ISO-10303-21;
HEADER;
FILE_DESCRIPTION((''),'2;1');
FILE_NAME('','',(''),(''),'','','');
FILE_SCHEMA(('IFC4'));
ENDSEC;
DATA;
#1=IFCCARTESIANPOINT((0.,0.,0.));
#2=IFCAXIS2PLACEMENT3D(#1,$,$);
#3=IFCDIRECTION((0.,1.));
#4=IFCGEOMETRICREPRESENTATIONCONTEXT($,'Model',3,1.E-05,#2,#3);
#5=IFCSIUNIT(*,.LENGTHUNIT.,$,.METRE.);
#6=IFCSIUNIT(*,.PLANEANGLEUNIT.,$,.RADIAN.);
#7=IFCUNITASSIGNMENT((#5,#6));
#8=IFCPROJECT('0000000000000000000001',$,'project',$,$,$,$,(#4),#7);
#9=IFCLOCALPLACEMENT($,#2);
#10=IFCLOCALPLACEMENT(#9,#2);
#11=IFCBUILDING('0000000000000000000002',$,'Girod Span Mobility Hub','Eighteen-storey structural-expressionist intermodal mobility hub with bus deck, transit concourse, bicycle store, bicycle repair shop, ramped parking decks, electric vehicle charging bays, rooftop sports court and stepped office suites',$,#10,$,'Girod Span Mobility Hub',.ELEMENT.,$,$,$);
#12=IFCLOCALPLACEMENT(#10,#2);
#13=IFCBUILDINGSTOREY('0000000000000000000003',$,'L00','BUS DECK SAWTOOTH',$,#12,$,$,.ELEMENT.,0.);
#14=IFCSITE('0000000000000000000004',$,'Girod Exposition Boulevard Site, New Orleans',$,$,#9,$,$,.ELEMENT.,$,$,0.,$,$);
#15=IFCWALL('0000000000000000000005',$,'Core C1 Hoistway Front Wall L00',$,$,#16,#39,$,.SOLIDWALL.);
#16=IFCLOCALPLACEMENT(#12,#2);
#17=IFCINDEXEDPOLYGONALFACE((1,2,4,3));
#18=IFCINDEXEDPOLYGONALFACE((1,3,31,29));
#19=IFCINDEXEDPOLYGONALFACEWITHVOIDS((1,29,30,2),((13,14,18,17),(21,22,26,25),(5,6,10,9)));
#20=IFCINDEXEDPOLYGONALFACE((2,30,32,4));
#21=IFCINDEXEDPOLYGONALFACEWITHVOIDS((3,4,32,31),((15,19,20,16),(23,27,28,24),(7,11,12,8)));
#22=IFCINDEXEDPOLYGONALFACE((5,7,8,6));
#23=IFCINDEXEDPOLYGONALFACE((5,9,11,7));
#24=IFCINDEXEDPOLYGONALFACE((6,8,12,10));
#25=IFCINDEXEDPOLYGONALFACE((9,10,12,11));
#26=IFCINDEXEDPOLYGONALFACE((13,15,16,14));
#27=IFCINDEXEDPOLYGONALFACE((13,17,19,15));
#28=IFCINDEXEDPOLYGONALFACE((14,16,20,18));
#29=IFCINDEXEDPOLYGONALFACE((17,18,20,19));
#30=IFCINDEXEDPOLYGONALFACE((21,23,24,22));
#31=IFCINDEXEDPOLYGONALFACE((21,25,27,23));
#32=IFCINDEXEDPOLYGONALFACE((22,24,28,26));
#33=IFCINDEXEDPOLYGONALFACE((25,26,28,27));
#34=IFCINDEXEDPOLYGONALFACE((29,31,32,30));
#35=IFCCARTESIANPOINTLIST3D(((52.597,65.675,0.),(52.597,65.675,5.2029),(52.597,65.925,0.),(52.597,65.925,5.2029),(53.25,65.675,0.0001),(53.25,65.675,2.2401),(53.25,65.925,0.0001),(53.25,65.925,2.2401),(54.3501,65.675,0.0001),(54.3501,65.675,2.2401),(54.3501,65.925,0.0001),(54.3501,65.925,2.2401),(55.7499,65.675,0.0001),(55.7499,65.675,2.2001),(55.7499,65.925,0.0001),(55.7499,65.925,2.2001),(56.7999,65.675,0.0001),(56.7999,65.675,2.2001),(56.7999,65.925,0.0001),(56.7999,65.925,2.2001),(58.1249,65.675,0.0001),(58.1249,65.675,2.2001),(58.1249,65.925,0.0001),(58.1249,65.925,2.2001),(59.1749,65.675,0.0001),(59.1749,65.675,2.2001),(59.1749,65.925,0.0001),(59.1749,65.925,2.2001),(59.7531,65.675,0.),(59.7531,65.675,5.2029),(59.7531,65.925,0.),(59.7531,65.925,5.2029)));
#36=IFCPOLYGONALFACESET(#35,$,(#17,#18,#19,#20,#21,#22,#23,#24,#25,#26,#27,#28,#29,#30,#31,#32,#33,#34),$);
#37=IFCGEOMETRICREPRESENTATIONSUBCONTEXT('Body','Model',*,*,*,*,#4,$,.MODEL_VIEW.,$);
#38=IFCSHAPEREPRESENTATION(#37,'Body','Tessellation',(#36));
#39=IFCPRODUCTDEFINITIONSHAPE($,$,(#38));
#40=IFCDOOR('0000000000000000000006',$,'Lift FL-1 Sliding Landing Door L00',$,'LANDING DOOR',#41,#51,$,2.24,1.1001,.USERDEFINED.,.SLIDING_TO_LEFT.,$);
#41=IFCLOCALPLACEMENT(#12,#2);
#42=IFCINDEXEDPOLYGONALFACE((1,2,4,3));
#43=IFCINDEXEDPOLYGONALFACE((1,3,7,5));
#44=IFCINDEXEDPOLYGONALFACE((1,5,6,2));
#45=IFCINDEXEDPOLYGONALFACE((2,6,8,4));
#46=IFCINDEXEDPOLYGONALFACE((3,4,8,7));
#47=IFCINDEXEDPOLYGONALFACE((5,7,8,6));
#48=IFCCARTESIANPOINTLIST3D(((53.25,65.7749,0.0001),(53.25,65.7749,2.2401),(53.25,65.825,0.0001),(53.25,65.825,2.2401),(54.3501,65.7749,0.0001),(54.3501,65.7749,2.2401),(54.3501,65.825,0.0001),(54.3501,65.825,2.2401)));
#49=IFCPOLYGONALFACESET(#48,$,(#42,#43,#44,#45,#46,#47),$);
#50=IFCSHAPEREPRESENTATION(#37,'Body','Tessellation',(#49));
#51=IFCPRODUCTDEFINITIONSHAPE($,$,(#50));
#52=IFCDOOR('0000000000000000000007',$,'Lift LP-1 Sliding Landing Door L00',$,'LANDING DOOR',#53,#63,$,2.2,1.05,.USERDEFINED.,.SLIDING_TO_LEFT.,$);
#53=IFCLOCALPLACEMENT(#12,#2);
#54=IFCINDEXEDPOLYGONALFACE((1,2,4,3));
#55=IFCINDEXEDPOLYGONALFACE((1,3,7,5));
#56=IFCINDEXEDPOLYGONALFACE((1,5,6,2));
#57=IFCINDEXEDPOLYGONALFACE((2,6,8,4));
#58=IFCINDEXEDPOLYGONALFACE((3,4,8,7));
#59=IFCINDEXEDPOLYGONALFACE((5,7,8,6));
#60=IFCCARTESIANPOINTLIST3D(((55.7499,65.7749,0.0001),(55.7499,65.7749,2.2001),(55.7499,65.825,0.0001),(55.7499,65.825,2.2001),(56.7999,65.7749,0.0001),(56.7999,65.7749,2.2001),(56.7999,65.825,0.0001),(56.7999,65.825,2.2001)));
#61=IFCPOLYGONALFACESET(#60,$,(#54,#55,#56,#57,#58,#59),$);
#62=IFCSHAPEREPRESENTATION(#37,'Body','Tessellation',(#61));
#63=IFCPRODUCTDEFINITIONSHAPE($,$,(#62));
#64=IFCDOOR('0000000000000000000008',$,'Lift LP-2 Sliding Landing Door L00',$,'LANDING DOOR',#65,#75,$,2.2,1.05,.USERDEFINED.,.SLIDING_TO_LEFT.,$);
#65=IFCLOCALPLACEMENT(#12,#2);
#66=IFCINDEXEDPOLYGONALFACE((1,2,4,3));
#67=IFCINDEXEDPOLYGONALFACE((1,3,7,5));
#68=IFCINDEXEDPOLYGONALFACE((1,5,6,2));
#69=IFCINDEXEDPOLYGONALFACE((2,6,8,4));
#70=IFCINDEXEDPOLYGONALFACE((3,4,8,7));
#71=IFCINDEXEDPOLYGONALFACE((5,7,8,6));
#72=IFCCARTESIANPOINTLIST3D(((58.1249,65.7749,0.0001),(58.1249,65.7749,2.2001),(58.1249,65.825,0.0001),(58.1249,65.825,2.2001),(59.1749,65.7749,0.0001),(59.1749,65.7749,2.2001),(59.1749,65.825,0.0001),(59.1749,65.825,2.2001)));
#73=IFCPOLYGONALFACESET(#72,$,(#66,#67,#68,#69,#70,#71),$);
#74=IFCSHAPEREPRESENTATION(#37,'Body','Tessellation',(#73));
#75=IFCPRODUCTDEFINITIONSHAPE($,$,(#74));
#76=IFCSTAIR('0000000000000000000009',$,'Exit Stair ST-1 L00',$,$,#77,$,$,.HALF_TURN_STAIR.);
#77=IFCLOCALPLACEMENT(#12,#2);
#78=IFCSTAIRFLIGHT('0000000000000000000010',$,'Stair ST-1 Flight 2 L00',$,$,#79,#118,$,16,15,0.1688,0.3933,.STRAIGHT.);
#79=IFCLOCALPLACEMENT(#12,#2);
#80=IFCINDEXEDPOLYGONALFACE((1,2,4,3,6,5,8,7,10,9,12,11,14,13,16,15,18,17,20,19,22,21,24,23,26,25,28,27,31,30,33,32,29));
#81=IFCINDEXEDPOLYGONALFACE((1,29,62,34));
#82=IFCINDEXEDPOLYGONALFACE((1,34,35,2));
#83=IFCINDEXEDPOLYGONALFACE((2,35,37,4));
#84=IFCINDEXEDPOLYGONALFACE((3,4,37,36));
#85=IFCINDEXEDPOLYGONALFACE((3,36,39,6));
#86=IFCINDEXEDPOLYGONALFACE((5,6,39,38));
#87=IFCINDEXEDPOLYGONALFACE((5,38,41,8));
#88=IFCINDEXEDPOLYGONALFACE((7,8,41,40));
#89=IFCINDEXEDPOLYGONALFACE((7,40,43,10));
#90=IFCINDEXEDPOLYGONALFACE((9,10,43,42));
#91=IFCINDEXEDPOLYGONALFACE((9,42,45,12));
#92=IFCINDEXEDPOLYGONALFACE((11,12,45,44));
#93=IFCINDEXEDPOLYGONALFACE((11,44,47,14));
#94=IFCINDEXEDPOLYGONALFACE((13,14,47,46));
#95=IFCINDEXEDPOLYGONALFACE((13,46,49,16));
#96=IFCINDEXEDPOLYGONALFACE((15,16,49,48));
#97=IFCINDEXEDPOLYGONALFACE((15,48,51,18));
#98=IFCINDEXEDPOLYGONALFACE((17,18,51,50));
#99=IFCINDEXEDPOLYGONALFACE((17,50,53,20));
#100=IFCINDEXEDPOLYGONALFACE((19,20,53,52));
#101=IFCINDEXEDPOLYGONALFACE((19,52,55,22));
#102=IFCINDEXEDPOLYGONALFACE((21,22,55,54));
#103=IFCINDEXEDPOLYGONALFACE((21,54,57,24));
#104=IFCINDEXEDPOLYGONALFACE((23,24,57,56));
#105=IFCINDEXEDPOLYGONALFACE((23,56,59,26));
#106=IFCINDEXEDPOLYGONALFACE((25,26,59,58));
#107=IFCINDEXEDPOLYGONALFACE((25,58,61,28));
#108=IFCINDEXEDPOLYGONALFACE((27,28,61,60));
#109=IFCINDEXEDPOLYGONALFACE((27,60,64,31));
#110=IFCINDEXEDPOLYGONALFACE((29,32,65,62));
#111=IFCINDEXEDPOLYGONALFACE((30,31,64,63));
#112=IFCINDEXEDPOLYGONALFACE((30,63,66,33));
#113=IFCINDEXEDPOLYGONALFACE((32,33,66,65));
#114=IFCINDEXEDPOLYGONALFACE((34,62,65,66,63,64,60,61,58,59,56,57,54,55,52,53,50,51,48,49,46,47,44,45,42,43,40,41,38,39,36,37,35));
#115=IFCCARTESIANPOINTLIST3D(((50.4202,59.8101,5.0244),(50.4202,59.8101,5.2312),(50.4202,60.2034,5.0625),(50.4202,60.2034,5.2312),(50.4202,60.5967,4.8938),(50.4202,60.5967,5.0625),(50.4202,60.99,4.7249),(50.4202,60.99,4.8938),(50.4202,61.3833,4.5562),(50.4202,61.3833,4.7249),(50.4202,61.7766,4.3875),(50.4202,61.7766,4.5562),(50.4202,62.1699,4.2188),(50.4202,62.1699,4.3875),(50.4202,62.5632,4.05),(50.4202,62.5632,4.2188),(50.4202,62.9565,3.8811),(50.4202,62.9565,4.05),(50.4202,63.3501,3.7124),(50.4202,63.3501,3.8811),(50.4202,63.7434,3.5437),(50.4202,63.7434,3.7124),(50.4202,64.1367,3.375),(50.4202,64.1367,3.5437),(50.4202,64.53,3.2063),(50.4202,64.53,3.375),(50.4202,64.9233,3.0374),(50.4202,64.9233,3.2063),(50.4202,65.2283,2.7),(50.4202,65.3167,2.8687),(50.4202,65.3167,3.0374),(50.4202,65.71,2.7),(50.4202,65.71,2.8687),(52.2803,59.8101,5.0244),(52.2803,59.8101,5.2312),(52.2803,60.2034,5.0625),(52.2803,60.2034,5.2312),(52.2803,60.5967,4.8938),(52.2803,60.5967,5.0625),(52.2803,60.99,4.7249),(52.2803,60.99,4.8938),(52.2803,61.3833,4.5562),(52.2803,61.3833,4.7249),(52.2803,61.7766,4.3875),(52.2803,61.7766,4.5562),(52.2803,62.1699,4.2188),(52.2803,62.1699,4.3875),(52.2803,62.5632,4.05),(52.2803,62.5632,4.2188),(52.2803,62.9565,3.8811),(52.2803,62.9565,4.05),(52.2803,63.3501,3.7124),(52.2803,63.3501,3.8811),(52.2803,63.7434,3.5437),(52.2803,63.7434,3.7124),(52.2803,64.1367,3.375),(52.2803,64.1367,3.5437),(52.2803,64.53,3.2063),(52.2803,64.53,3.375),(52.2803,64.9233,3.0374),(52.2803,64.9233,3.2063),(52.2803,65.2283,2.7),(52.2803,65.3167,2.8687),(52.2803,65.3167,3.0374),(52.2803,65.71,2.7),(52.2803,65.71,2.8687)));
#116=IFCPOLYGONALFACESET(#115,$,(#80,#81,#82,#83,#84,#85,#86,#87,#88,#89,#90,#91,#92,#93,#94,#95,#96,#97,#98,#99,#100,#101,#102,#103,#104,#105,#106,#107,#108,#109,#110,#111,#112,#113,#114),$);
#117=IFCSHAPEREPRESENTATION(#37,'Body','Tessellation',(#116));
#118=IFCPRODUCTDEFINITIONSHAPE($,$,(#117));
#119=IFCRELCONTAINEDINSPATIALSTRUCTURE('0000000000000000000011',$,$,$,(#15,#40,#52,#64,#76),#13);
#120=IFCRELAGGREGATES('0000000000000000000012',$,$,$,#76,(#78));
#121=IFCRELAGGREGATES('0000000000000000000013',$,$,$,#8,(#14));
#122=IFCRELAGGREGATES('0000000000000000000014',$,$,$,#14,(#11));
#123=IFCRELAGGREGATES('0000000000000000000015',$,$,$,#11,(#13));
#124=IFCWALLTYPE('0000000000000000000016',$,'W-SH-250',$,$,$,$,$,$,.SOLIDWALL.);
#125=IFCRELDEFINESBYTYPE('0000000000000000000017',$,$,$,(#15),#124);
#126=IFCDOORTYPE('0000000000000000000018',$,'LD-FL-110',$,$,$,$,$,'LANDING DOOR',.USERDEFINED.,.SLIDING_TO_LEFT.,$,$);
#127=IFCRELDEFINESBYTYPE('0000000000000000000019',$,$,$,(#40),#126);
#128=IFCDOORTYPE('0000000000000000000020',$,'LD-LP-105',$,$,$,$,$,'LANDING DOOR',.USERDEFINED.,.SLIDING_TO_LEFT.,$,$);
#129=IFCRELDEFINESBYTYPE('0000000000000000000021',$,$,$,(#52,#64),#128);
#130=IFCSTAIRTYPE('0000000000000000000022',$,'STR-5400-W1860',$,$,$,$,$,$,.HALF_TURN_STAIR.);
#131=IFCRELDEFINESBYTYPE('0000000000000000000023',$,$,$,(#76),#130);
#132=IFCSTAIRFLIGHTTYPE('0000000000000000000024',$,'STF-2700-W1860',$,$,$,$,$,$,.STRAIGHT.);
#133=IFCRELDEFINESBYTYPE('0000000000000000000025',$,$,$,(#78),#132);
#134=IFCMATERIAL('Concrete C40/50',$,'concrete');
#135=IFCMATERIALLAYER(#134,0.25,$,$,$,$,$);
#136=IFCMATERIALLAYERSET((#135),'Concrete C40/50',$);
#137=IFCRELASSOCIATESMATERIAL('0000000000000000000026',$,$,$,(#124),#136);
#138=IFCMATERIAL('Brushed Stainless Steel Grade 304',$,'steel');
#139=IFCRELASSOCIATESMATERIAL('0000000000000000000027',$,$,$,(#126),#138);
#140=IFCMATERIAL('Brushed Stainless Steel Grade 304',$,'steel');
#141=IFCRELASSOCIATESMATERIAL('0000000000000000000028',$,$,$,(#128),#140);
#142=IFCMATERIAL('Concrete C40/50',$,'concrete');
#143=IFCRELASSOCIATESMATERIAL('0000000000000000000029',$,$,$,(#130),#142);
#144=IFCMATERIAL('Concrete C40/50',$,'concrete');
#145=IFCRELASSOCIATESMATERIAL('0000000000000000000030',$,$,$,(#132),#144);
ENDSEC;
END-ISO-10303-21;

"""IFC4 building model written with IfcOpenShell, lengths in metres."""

from ifc_helpers import new_model, si_unit, direction, frame, frame_2d, origin, place, context, subcontext, project, spatial, polyline, rectangle, outline, extrude, material, layer, layer_set, type_object, element, fill, aggregate, save


model = new_model("IFC4")

# Units and contexts
model_context = context("Model", 3, precision=1e-05, world=origin(), true_north=direction((0.0, 1.0)))
body_context = subcontext(model_context, "Body", "Model", "MODEL_VIEW")
ifc_project = project(units=[si_unit("LENGTHUNIT", "METRE"), si_unit("PLANEANGLEUNIT", "RADIAN")], contexts=[model_context])

# Site, building, storey
site_placement = place(None, origin())
site = spatial("IfcSite", under=ifc_project, at=site_placement, Name="Girod Exposition Boulevard Site, New Orleans", CompositionType="ELEMENT", RefElevation=0.0)
building_placement = place(site_placement, origin())
building = spatial("IfcBuilding", under=site, at=building_placement, Name="Girod Span Mobility Hub", Description="Eighteen-storey structural-expressionist intermodal mobility hub with bus deck, transit concourse, bicycle store, bicycle repair shop, ramped parking decks, electric vehicle charging bays, rooftop sports court and stepped office suites", LongName="Girod Span Mobility Hub", CompositionType="ELEMENT")
storey_placement = place(building_placement, origin())
storey = spatial("IfcBuildingStorey", under=building, at=storey_placement, Name="L00", Description="BUS DECK SAWTOOTH", CompositionType="ELEMENT", Elevation=0.0)

# Wall, openings, doors
ifc_material_1 = material(Name="Concrete C40/50", Category="concrete")
ifc_layer_1 = layer(ifc_material_1, 0.25)
ifc_layer_set_1 = layer_set([ifc_layer_1], Name="Concrete C40/50")
wall_type_1 = type_object("IfcWallType", Name="W-SH-250", PredefinedType="SOLIDWALL", material=ifc_layer_set_1)
wall_1_placement = place(storey_placement, frame((52.5969, 65.8, 0.0), z_axis=(0.0, 0.0, 1.0), x_axis=(1.0, 0.0, 0.0)))
wall_1 = element("IfcWall", 1, at=wall_1_placement, inside=storey, type_object=wall_type_1, Name="Core C1 Hoistway Front Wall L00", PredefinedType="SOLIDWALL", context=body_context, shape_type="SweptSolid", body=[
    extrude(rectangle(XDim=7.156, YDim=0.25, at=frame_2d((3.5781, 0.0))), origin(), (0.0, 0.0, 1.0), 5.2029),
])
opening_1_placement = place(wall_1_placement, frame((0.6531, 0.0, 0.0)))
opening_1 = element("IfcOpeningElement", 2, at=opening_1_placement, cuts=wall_1, PredefinedType="OPENING", context=body_context, shape_type="SweptSolid", body=[
    extrude(rectangle(XDim=1.1001, YDim=2.24, at=frame_2d((0.55, 1.1201))), frame((0.0, 0.1399, 0.0), z_axis=(0.0, -1.0, 0.0), x_axis=(1.0, 0.0, 0.0)), (0.0, 0.0, 1.0), 0.28),
])
opening_2_placement = place(wall_1_placement, frame((3.1531, 0.0, 0.0)))
opening_2 = element("IfcOpeningElement", 3, at=opening_2_placement, cuts=wall_1, PredefinedType="OPENING", context=body_context, shape_type="SweptSolid", body=[
    extrude(rectangle(XDim=1.05, YDim=2.2, at=frame_2d((0.5249, 1.1001))), frame((0.0, 0.1399, 0.0), z_axis=(0.0, -1.0, 0.0), x_axis=(1.0, 0.0, 0.0)), (0.0, 0.0, 1.0), 0.28),
])
opening_3_placement = place(wall_1_placement, frame((5.5281, 0.0, 0.0)))
opening_3 = element("IfcOpeningElement", 4, at=opening_3_placement, cuts=wall_1, PredefinedType="OPENING", context=body_context, shape_type="SweptSolid", body=[
    extrude(rectangle(XDim=1.05, YDim=2.2, at=frame_2d((0.5249, 1.1001))), frame((0.0, 0.1399, 0.0), z_axis=(0.0, -1.0, 0.0), x_axis=(1.0, 0.0, 0.0)), (0.0, 0.0, 1.0), 0.28),
])
ifc_material_2 = material(Name="Brushed Stainless Steel Grade 304", Category="steel")
door_type_1 = type_object("IfcDoorType", Name="LD-FL-110", ElementType="LANDING DOOR", OperationType="SLIDING_TO_LEFT", PredefinedType="USERDEFINED", material=ifc_material_2)
door_1_placement = place(opening_1_placement, origin())
door_1 = element("IfcDoor", 5, at=door_1_placement, inside=storey, type_object=door_type_1, Name="Lift FL-1 Sliding Landing Door L00", ObjectType="LANDING DOOR", OperationType="SLIDING_TO_LEFT", OverallHeight=2.24, OverallWidth=1.1001, PredefinedType="USERDEFINED", context=body_context, shape_type="SweptSolid", body=[
    extrude(rectangle(XDim=1.1001, YDim=2.24, at=frame_2d((0.55, 1.1201))), frame((0.0, 0.0249, 0.0), z_axis=(0.0, -1.0, 0.0), x_axis=(1.0, 0.0, 0.0)), (0.0, 0.0, 1.0), 0.05),
])
fill(opening_1, door_1)
ifc_material_3 = material(Name="Brushed Stainless Steel Grade 304", Category="steel")
door_type_2 = type_object("IfcDoorType", Name="LD-LP-105", ElementType="LANDING DOOR", OperationType="SLIDING_TO_LEFT", PredefinedType="USERDEFINED", material=ifc_material_3)
door_2_placement = place(opening_2_placement, origin())
door_2 = element("IfcDoor", 6, at=door_2_placement, inside=storey, type_object=door_type_2, Name="Lift LP-1 Sliding Landing Door L00", ObjectType="LANDING DOOR", OperationType="SLIDING_TO_LEFT", OverallHeight=2.2, OverallWidth=1.05, PredefinedType="USERDEFINED", context=body_context, shape_type="SweptSolid", body=[
    extrude(rectangle(XDim=1.05, YDim=2.2, at=frame_2d((0.5249, 1.1001))), frame((0.0, 0.0249, 0.0), z_axis=(0.0, -1.0, 0.0), x_axis=(1.0, 0.0, 0.0)), (0.0, 0.0, 1.0), 0.05),
])
fill(opening_2, door_2)
door_3_placement = place(opening_3_placement, origin())
door_3 = element("IfcDoor", 7, at=door_3_placement, inside=storey, type_object=door_type_2, Name="Lift LP-2 Sliding Landing Door L00", ObjectType="LANDING DOOR", OperationType="SLIDING_TO_LEFT", OverallHeight=2.2, OverallWidth=1.05, PredefinedType="USERDEFINED", context=body_context, shape_type="SweptSolid", body=[
    extrude(rectangle(XDim=1.05, YDim=2.2, at=frame_2d((0.5249, 1.1001))), frame((0.0, 0.0249, 0.0), z_axis=(0.0, -1.0, 0.0), x_axis=(1.0, 0.0, 0.0)), (0.0, 0.0, 1.0), 0.05),
])
fill(opening_3, door_3)

# Stair, stair flight
ifc_material_4 = material(Name="Concrete C40/50", Category="concrete")
stair_type = type_object("IfcStairType", Name="STR-5400-W1860", PredefinedType="HALF_TURN_STAIR", material=ifc_material_4)
stair_placement = place(storey_placement, origin())
stair = element("IfcStair", 8, at=stair_placement, inside=storey, type_object=stair_type, Name="Exit Stair ST-1 L00", PredefinedType="HALF_TURN_STAIR")
ifc_material_5 = material(Name="Concrete C40/50", Category="concrete")
stair_flight_type = type_object("IfcStairFlightType", Name="STF-2700-W1860", PredefinedType="STRAIGHT", material=ifc_material_5)
stair_flight_placement = place(storey_placement, frame((51.3501, 65.71, 2.7), z_axis=(0.0, 0.0, 1.0), x_axis=(0.0, -1.0, 0.0)))
stair_flight = element("IfcStairFlight", 9, at=stair_flight_placement, type_object=stair_flight_type, Name="Stair ST-1 Flight 2 L00", NumberOfRisers=16, NumberOfTreads=15, PredefinedType="STRAIGHT", RiserHeight=0.1688, TreadLength=0.3933, context=body_context, shape_type="SweptSolid", body=[
    extrude(outline(polyline([(0.0, 0.0), (0.0, 0.1687), (0.3933, 0.1687), (0.3933, 0.3374), (0.7866, 0.3374), (0.7866, 0.5063), (1.1799, 0.5063), (1.1799, 0.675), (1.5732, 0.675), (1.5732, 0.8438), (1.9666, 0.8438), (1.9666, 1.0125), (2.3599, 1.0125), (2.3599, 1.1812), (2.7534, 1.1812), (2.7534, 1.3501), (3.1467, 1.3501), (3.1467, 1.5188), (3.54, 1.5188), (3.54, 1.6875), (3.9333, 1.6875), (3.9333, 1.8562), (4.3267, 1.8562), (4.3267, 2.0249), (4.72, 2.0249), (4.72, 2.1938), (5.1133, 2.1938), (5.1133, 2.3625), (5.5066, 2.3625), (5.5066, 2.5312), (5.8999, 2.5312), (5.8999, 2.7), (5.8999, 2.3245), (0.4817, 0.0), (0.0, 0.0)])), frame((0.0, 0.9302, 0.0), z_axis=(0.0, -1.0, 0.0), x_axis=(1.0, 0.0, 0.0)), (0.0, 0.0, 1.0), 1.8601),
])
aggregate(stair, [stair_flight])

save(model, "model.ifc")
